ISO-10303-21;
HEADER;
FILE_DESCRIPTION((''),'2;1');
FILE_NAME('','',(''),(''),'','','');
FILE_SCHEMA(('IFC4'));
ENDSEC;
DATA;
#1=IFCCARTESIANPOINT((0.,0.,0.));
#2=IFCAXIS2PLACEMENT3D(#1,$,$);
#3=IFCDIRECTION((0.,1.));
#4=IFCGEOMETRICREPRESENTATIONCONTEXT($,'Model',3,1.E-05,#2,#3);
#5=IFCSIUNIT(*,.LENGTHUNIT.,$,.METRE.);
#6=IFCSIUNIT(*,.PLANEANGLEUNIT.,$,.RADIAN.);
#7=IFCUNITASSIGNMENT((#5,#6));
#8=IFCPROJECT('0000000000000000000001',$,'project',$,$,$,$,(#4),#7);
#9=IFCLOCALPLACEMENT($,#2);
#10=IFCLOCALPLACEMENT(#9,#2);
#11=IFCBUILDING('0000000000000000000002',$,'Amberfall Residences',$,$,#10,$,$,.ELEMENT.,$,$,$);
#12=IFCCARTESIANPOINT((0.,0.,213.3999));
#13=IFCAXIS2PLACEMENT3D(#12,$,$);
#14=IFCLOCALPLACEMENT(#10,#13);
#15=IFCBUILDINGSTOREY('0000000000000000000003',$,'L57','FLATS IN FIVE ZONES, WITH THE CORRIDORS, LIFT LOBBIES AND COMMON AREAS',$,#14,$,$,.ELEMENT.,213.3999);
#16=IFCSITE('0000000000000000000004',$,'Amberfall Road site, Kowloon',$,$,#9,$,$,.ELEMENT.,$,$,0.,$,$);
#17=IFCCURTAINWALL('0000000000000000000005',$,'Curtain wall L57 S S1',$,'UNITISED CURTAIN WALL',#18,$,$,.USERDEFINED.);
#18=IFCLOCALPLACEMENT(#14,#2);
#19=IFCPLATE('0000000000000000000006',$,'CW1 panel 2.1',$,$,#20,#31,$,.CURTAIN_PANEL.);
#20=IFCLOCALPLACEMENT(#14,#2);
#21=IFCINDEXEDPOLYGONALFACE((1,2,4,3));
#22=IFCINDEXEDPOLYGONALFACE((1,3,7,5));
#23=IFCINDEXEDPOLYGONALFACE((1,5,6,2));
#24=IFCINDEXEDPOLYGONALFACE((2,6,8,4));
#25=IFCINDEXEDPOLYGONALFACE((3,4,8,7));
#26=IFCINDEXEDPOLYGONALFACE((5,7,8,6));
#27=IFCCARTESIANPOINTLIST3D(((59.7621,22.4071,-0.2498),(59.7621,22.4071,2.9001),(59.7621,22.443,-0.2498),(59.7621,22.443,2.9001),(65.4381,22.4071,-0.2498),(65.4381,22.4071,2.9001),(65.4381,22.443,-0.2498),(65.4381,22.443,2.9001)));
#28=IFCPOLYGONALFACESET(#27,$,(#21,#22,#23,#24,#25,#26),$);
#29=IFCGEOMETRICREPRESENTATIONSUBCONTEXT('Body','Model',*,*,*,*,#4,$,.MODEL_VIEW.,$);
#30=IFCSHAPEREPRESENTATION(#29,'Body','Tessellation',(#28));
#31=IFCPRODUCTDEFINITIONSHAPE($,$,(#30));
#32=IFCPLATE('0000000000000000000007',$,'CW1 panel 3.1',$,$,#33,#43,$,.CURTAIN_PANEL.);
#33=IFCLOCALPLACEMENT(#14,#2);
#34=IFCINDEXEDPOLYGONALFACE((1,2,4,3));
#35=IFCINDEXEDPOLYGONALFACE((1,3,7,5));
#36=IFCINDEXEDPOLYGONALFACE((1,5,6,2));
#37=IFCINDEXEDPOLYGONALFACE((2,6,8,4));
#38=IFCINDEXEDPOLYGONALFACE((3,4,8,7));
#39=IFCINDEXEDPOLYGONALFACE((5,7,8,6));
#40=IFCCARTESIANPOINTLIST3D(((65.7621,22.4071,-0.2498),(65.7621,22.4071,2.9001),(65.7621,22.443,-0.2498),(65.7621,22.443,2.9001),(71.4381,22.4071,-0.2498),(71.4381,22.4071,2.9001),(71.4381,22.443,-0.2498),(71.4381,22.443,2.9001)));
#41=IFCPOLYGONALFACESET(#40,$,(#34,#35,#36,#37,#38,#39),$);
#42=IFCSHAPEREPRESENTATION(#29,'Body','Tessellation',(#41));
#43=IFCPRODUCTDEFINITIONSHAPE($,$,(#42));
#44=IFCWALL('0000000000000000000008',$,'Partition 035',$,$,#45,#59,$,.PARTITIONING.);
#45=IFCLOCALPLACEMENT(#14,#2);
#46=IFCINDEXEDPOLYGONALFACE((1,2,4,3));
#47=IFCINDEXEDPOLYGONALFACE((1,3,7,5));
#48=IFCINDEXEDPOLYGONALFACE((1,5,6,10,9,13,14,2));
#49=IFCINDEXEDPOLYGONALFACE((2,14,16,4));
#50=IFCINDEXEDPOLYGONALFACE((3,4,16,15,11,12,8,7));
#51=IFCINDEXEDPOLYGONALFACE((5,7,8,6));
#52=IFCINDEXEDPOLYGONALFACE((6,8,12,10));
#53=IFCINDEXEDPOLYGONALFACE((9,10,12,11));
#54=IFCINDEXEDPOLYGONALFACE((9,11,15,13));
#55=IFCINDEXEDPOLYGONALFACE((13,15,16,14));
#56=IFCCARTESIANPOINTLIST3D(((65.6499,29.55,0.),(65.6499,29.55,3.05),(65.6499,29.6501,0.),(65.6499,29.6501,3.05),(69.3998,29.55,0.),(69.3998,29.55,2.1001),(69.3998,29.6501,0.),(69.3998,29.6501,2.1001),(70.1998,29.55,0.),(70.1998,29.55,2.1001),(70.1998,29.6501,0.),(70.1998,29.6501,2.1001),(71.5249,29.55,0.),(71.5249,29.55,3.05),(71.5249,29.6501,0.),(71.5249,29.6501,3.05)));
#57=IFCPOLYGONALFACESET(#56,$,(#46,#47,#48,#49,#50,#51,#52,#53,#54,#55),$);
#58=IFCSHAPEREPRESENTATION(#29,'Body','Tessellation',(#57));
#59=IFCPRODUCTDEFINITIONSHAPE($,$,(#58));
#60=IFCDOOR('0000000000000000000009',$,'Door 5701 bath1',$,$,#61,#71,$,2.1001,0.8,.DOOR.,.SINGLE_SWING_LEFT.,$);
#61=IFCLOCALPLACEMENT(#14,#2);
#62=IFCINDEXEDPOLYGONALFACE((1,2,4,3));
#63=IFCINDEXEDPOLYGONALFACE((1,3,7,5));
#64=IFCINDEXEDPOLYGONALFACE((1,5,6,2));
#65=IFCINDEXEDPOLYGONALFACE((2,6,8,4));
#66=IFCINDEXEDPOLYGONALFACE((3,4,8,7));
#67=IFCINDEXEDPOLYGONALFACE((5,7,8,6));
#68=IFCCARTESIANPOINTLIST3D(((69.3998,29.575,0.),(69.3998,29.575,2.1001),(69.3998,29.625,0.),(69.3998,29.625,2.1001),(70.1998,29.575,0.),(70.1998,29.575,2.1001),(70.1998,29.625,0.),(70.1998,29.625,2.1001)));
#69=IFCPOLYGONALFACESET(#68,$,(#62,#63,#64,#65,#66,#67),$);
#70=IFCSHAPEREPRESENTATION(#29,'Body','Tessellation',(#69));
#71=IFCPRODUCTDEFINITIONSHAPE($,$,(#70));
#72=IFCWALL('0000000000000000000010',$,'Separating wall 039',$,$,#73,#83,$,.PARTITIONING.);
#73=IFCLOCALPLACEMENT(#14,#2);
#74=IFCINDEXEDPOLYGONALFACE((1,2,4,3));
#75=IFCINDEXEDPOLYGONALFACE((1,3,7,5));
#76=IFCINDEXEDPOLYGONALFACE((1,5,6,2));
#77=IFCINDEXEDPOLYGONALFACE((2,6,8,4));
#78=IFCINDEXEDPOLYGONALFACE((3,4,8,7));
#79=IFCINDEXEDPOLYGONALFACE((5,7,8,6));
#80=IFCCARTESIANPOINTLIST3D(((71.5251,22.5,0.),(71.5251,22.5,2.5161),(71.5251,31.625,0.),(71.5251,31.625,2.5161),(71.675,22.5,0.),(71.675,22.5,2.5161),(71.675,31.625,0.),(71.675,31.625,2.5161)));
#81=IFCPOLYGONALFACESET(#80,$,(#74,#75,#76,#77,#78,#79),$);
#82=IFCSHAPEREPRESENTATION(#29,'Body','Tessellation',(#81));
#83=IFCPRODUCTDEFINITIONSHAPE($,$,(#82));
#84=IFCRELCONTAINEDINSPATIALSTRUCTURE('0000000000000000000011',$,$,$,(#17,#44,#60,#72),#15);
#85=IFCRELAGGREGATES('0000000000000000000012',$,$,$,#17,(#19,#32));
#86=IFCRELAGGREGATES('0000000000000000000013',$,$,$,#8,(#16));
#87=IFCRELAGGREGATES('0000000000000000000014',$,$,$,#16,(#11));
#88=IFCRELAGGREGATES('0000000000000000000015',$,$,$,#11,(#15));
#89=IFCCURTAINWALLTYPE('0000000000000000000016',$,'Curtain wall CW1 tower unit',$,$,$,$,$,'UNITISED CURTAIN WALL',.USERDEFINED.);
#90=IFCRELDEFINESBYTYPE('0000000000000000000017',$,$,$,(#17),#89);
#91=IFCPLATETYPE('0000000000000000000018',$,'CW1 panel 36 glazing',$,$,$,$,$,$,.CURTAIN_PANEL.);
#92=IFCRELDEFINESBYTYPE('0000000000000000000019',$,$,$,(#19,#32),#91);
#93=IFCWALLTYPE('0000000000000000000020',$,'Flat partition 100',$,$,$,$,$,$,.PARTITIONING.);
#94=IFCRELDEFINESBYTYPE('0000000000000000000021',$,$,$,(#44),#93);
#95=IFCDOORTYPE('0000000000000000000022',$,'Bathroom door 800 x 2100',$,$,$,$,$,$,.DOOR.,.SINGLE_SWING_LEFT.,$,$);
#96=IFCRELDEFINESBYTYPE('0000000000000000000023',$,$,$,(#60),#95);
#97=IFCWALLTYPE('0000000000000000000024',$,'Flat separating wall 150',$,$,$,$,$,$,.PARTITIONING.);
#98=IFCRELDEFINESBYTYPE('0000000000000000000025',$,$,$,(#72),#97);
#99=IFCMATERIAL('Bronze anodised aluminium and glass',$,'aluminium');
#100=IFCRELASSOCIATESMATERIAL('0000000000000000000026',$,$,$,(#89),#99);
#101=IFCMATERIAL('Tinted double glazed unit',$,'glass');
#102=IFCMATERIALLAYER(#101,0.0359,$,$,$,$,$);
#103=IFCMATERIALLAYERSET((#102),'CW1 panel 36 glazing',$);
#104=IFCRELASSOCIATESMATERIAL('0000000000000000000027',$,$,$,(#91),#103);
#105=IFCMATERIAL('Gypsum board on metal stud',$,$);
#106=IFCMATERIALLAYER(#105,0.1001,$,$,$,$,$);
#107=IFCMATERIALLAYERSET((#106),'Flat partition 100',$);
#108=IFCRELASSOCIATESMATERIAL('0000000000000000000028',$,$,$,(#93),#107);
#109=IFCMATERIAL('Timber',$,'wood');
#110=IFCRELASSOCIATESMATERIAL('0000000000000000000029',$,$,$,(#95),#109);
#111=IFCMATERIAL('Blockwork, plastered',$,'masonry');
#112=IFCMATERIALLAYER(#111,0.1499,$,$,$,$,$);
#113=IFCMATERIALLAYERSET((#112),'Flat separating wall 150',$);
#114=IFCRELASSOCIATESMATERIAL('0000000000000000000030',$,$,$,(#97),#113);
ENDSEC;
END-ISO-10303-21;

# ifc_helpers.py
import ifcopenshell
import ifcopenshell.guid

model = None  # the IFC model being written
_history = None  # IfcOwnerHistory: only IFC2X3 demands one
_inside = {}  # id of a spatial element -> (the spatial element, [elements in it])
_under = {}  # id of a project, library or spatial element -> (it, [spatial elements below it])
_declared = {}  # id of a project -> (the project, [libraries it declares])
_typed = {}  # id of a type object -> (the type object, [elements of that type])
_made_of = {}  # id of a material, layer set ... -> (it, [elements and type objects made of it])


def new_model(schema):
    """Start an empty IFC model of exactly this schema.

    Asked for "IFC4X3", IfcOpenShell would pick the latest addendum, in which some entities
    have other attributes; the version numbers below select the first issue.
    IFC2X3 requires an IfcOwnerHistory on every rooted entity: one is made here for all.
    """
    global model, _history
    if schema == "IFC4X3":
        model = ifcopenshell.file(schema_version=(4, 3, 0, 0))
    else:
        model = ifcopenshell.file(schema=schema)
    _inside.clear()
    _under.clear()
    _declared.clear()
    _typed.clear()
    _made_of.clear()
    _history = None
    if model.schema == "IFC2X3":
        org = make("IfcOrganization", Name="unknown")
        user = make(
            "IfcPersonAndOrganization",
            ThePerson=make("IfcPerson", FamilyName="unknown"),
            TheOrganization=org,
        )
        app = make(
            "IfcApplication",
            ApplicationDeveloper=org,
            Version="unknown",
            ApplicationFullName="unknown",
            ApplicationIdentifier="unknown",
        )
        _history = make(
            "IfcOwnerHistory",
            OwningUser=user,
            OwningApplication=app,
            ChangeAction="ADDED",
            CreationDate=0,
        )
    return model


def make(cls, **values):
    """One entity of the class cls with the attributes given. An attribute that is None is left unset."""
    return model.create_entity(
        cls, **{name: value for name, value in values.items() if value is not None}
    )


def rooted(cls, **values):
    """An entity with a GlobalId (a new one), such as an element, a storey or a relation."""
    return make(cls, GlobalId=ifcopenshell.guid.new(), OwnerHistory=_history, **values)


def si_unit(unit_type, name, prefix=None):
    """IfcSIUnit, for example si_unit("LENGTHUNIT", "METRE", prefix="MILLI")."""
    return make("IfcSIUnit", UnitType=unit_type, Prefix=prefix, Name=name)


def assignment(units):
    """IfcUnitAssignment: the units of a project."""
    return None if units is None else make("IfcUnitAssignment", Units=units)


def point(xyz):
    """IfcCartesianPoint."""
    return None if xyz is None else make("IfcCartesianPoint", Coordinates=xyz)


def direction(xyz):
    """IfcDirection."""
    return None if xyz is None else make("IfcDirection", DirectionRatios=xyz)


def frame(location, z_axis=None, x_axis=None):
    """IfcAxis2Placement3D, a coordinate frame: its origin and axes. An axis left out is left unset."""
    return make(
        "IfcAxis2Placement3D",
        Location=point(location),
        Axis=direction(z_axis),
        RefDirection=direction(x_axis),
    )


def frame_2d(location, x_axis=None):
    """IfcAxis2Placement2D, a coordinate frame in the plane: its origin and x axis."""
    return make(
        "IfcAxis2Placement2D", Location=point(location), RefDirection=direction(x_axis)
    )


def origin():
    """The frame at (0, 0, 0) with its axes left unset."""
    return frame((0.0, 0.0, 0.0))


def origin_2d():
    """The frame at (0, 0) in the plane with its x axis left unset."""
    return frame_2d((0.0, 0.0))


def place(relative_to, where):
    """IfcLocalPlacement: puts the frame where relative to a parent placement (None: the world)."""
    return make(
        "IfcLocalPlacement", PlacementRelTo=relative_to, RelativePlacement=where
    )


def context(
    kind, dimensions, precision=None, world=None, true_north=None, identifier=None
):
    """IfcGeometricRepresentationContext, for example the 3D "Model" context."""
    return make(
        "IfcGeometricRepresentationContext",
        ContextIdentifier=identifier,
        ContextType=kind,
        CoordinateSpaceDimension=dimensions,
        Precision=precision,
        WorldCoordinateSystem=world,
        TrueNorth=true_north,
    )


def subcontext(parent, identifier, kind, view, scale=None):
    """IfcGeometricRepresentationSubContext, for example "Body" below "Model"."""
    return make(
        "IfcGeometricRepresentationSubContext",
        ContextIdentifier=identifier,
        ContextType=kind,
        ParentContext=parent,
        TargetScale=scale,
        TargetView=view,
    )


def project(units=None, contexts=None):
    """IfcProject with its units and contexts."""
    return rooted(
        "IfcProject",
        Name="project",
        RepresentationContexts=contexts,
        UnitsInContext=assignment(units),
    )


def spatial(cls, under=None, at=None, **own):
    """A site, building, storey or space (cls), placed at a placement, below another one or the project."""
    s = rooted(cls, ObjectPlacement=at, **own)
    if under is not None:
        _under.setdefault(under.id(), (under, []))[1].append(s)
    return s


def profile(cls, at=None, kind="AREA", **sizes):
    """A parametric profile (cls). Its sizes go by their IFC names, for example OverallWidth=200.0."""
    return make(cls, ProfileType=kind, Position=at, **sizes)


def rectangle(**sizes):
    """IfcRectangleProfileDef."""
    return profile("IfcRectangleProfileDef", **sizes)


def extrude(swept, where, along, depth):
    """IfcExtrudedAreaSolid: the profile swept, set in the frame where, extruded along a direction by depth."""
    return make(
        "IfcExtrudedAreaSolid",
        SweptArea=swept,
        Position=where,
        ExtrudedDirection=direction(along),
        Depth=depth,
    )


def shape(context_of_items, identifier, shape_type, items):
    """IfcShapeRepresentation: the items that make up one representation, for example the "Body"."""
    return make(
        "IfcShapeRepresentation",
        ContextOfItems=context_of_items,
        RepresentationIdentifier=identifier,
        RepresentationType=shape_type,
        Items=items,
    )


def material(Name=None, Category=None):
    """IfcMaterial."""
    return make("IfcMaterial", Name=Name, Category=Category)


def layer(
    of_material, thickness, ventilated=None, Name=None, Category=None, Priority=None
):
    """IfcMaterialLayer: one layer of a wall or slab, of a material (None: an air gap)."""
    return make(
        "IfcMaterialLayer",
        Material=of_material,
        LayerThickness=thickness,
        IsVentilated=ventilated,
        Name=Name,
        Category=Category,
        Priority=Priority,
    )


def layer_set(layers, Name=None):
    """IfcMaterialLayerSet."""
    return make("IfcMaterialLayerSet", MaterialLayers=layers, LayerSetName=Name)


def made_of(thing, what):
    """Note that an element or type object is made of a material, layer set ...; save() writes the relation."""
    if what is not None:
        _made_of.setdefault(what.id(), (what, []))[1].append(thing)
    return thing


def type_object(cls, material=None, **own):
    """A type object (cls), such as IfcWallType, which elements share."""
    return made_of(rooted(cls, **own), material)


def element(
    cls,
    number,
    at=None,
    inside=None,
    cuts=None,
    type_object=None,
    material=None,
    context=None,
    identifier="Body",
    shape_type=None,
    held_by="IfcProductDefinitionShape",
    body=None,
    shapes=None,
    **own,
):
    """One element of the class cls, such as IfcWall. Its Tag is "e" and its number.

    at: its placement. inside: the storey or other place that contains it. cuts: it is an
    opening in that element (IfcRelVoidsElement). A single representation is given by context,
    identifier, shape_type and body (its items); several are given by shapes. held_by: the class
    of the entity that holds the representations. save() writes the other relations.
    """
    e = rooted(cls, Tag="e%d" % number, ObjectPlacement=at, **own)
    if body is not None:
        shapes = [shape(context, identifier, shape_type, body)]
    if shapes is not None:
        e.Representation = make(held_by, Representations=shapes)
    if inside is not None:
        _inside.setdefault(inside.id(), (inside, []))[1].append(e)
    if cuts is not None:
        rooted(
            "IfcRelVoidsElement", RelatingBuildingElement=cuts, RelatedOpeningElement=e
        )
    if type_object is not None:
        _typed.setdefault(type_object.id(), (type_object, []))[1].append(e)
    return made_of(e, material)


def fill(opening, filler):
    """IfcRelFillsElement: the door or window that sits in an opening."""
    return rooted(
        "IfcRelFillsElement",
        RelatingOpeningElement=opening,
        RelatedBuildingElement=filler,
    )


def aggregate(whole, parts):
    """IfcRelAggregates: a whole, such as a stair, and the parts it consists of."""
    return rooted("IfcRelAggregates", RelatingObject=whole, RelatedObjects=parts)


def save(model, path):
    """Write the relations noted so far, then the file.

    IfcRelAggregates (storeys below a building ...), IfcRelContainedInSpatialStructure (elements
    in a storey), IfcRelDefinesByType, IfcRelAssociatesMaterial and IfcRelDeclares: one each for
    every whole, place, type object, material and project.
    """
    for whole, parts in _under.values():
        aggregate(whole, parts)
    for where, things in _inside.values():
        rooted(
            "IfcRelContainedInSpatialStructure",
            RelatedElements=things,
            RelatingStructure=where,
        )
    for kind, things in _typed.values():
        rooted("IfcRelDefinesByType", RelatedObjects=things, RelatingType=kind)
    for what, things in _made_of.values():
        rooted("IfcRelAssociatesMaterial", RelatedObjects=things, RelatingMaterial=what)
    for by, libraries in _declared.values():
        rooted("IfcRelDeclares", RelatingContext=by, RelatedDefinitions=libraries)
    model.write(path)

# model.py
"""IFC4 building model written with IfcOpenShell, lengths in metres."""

from ifc_helpers import new_model, si_unit, direction, frame, frame_2d, origin, origin_2d, place, context, subcontext, project, spatial, rectangle, extrude, material, layer, layer_set, type_object, element, fill, aggregate, save


model = new_model("IFC4")

# Units and contexts
model_context = context("Model", 3, precision=1e-05, world=origin(), true_north=direction((0.0, 1.0)))
body_context = subcontext(model_context, "Body", "Model", "MODEL_VIEW")
ifc_project = project(units=[si_unit("LENGTHUNIT", "METRE"), si_unit("PLANEANGLEUNIT", "RADIAN")], contexts=[model_context])

# Site, building, storey
site_placement = place(None, origin())
site = spatial("IfcSite", under=ifc_project, at=site_placement, Name="Amberfall Road site, Kowloon", CompositionType="ELEMENT", RefElevation=0.0)
building_placement = place(site_placement, origin())
building = spatial("IfcBuilding", under=site, at=building_placement, Name="Amberfall Residences", CompositionType="ELEMENT")
storey_placement = place(building_placement, frame((0.0, 0.0, 213.3999)))
storey = spatial("IfcBuildingStorey", under=building, at=storey_placement, Name="L57", Description="FLATS IN FIVE ZONES, WITH THE CORRIDORS, LIFT LOBBIES AND COMMON AREAS", CompositionType="ELEMENT", Elevation=213.3999)

# Curtain wall
ifc_material_1 = material(Name="Bronze anodised aluminium and glass", Category="aluminium")
curtain_wall_type = type_object("IfcCurtainWallType", Name="Curtain wall CW1 tower unit", ElementType="UNITISED CURTAIN WALL", PredefinedType="USERDEFINED", material=ifc_material_1)
curtain_wall_placement = place(storey_placement, origin())
curtain_wall = element("IfcCurtainWall", 1, at=curtain_wall_placement, inside=storey, type_object=curtain_wall_type, Name="Curtain wall L57 S S1", ObjectType="UNITISED CURTAIN WALL", PredefinedType="USERDEFINED")

# Plates
ifc_material_2 = material(Name="Tinted double glazed unit", Category="glass")
ifc_layer_1 = layer(ifc_material_2, 0.0359)
ifc_layer_set_1 = layer_set([ifc_layer_1], Name="CW1 panel 36 glazing")
plate_type = type_object("IfcPlateType", Name="CW1 panel 36 glazing", PredefinedType="CURTAIN_PANEL", material=ifc_layer_set_1)
plate_1_placement = place(storey_placement, frame((62.6001, 22.425, -0.2498), z_axis=(0.0, 0.0, 1.0), x_axis=(1.0, 0.0, 0.0)))
plate_1 = element("IfcPlate", 2, at=plate_1_placement, type_object=plate_type, Name="CW1 panel 2.1", PredefinedType="CURTAIN_PANEL", context=body_context, shape_type="SweptSolid", body=[
    extrude(rectangle(XDim=5.676, YDim=0.0359, at=origin_2d()), origin(), (0.0, 0.0, 1.0), 3.1499),
])
plate_2_placement = place(storey_placement, frame((68.6001, 22.425, -0.2498), z_axis=(0.0, 0.0, 1.0), x_axis=(1.0, 0.0, 0.0)))
plate_2 = element("IfcPlate", 3, at=plate_2_placement, type_object=plate_type, Name="CW1 panel 3.1", PredefinedType="CURTAIN_PANEL", context=body_context, shape_type="SweptSolid", body=[
    extrude(rectangle(XDim=5.676, YDim=0.0359, at=origin_2d()), origin(), (0.0, 0.0, 1.0), 3.1499),
])
aggregate(curtain_wall, [plate_1, plate_2])

# Wall, opening, door
ifc_material_3 = material(Name="Gypsum board on metal stud")
ifc_layer_2 = layer(ifc_material_3, 0.1001)
ifc_layer_set_2 = layer_set([ifc_layer_2], Name="Flat partition 100")
wall_type_1 = type_object("IfcWallType", Name="Flat partition 100", PredefinedType="PARTITIONING", material=ifc_layer_set_2)
wall_1_placement = place(storey_placement, frame((65.6499, 29.6001, 0.0), z_axis=(0.0, 0.0, 1.0), x_axis=(1.0, 0.0, 0.0)))
wall_1 = element("IfcWall", 4, at=wall_1_placement, inside=storey, type_object=wall_type_1, Name="Partition 035", PredefinedType="PARTITIONING", context=body_context, shape_type="SweptSolid", body=[
    extrude(rectangle(XDim=5.875, YDim=0.1001, at=frame_2d((2.9375, 0.0))), origin(), (0.0, 0.0, 1.0), 3.05),
])
opening_placement = place(wall_1_placement, frame((3.75, 0.0, 0.0)))
opening = element("IfcOpeningElement", 5, at=opening_placement, cuts=wall_1, PredefinedType="OPENING", context=body_context, shape_type="SweptSolid", body=[
    extrude(rectangle(XDim=0.8, YDim=2.1001, at=frame_2d((0.3999, 1.05))), frame((0.0, 0.0601, 0.0), z_axis=(0.0, -1.0, 0.0), x_axis=(1.0, 0.0, 0.0)), (0.0, 0.0, 1.0), 0.1201),
])
ifc_material_4 = material(Name="Timber", Category="wood")
door_type = type_object("IfcDoorType", Name="Bathroom door 800 x 2100", OperationType="SINGLE_SWING_LEFT", PredefinedType="DOOR", material=ifc_material_4)
door_placement = place(opening_placement, origin())
door = element("IfcDoor", 6, at=door_placement, inside=storey, type_object=door_type, Name="Door 5701 bath1", OperationType="SINGLE_SWING_LEFT", OverallHeight=2.1001, OverallWidth=0.8, PredefinedType="DOOR", context=body_context, shape_type="SweptSolid", body=[
    extrude(rectangle(XDim=0.8, YDim=2.1001, at=frame_2d((0.3999, 1.05))), frame((0.0, 0.0249, 0.0), z_axis=(0.0, -1.0, 0.0), x_axis=(1.0, 0.0, 0.0)), (0.0, 0.0, 1.0), 0.05),
])
fill(opening, door)

# Wall
ifc_material_5 = material(Name="Blockwork, plastered", Category="masonry")
ifc_layer_3 = layer(ifc_material_5, 0.1499)
ifc_layer_set_3 = layer_set([ifc_layer_3], Name="Flat separating wall 150")
wall_type_2 = type_object("IfcWallType", Name="Flat separating wall 150", PredefinedType="PARTITIONING", material=ifc_layer_set_3)
wall_2_placement = place(storey_placement, frame((71.6001, 22.5, 0.0), z_axis=(0.0, 0.0, 1.0), x_axis=(0.0, 1.0, 0.0)))
element("IfcWall", 7, at=wall_2_placement, inside=storey, type_object=wall_type_2, Name="Separating wall 039", PredefinedType="PARTITIONING", context=body_context, shape_type="SweptSolid", body=[
    extrude(rectangle(XDim=9.125, YDim=0.1499, at=frame_2d((4.5625, 0.0))), origin(), (0.0, 0.0, 1.0), 2.5161),
])

save(model, "model.ifc")
